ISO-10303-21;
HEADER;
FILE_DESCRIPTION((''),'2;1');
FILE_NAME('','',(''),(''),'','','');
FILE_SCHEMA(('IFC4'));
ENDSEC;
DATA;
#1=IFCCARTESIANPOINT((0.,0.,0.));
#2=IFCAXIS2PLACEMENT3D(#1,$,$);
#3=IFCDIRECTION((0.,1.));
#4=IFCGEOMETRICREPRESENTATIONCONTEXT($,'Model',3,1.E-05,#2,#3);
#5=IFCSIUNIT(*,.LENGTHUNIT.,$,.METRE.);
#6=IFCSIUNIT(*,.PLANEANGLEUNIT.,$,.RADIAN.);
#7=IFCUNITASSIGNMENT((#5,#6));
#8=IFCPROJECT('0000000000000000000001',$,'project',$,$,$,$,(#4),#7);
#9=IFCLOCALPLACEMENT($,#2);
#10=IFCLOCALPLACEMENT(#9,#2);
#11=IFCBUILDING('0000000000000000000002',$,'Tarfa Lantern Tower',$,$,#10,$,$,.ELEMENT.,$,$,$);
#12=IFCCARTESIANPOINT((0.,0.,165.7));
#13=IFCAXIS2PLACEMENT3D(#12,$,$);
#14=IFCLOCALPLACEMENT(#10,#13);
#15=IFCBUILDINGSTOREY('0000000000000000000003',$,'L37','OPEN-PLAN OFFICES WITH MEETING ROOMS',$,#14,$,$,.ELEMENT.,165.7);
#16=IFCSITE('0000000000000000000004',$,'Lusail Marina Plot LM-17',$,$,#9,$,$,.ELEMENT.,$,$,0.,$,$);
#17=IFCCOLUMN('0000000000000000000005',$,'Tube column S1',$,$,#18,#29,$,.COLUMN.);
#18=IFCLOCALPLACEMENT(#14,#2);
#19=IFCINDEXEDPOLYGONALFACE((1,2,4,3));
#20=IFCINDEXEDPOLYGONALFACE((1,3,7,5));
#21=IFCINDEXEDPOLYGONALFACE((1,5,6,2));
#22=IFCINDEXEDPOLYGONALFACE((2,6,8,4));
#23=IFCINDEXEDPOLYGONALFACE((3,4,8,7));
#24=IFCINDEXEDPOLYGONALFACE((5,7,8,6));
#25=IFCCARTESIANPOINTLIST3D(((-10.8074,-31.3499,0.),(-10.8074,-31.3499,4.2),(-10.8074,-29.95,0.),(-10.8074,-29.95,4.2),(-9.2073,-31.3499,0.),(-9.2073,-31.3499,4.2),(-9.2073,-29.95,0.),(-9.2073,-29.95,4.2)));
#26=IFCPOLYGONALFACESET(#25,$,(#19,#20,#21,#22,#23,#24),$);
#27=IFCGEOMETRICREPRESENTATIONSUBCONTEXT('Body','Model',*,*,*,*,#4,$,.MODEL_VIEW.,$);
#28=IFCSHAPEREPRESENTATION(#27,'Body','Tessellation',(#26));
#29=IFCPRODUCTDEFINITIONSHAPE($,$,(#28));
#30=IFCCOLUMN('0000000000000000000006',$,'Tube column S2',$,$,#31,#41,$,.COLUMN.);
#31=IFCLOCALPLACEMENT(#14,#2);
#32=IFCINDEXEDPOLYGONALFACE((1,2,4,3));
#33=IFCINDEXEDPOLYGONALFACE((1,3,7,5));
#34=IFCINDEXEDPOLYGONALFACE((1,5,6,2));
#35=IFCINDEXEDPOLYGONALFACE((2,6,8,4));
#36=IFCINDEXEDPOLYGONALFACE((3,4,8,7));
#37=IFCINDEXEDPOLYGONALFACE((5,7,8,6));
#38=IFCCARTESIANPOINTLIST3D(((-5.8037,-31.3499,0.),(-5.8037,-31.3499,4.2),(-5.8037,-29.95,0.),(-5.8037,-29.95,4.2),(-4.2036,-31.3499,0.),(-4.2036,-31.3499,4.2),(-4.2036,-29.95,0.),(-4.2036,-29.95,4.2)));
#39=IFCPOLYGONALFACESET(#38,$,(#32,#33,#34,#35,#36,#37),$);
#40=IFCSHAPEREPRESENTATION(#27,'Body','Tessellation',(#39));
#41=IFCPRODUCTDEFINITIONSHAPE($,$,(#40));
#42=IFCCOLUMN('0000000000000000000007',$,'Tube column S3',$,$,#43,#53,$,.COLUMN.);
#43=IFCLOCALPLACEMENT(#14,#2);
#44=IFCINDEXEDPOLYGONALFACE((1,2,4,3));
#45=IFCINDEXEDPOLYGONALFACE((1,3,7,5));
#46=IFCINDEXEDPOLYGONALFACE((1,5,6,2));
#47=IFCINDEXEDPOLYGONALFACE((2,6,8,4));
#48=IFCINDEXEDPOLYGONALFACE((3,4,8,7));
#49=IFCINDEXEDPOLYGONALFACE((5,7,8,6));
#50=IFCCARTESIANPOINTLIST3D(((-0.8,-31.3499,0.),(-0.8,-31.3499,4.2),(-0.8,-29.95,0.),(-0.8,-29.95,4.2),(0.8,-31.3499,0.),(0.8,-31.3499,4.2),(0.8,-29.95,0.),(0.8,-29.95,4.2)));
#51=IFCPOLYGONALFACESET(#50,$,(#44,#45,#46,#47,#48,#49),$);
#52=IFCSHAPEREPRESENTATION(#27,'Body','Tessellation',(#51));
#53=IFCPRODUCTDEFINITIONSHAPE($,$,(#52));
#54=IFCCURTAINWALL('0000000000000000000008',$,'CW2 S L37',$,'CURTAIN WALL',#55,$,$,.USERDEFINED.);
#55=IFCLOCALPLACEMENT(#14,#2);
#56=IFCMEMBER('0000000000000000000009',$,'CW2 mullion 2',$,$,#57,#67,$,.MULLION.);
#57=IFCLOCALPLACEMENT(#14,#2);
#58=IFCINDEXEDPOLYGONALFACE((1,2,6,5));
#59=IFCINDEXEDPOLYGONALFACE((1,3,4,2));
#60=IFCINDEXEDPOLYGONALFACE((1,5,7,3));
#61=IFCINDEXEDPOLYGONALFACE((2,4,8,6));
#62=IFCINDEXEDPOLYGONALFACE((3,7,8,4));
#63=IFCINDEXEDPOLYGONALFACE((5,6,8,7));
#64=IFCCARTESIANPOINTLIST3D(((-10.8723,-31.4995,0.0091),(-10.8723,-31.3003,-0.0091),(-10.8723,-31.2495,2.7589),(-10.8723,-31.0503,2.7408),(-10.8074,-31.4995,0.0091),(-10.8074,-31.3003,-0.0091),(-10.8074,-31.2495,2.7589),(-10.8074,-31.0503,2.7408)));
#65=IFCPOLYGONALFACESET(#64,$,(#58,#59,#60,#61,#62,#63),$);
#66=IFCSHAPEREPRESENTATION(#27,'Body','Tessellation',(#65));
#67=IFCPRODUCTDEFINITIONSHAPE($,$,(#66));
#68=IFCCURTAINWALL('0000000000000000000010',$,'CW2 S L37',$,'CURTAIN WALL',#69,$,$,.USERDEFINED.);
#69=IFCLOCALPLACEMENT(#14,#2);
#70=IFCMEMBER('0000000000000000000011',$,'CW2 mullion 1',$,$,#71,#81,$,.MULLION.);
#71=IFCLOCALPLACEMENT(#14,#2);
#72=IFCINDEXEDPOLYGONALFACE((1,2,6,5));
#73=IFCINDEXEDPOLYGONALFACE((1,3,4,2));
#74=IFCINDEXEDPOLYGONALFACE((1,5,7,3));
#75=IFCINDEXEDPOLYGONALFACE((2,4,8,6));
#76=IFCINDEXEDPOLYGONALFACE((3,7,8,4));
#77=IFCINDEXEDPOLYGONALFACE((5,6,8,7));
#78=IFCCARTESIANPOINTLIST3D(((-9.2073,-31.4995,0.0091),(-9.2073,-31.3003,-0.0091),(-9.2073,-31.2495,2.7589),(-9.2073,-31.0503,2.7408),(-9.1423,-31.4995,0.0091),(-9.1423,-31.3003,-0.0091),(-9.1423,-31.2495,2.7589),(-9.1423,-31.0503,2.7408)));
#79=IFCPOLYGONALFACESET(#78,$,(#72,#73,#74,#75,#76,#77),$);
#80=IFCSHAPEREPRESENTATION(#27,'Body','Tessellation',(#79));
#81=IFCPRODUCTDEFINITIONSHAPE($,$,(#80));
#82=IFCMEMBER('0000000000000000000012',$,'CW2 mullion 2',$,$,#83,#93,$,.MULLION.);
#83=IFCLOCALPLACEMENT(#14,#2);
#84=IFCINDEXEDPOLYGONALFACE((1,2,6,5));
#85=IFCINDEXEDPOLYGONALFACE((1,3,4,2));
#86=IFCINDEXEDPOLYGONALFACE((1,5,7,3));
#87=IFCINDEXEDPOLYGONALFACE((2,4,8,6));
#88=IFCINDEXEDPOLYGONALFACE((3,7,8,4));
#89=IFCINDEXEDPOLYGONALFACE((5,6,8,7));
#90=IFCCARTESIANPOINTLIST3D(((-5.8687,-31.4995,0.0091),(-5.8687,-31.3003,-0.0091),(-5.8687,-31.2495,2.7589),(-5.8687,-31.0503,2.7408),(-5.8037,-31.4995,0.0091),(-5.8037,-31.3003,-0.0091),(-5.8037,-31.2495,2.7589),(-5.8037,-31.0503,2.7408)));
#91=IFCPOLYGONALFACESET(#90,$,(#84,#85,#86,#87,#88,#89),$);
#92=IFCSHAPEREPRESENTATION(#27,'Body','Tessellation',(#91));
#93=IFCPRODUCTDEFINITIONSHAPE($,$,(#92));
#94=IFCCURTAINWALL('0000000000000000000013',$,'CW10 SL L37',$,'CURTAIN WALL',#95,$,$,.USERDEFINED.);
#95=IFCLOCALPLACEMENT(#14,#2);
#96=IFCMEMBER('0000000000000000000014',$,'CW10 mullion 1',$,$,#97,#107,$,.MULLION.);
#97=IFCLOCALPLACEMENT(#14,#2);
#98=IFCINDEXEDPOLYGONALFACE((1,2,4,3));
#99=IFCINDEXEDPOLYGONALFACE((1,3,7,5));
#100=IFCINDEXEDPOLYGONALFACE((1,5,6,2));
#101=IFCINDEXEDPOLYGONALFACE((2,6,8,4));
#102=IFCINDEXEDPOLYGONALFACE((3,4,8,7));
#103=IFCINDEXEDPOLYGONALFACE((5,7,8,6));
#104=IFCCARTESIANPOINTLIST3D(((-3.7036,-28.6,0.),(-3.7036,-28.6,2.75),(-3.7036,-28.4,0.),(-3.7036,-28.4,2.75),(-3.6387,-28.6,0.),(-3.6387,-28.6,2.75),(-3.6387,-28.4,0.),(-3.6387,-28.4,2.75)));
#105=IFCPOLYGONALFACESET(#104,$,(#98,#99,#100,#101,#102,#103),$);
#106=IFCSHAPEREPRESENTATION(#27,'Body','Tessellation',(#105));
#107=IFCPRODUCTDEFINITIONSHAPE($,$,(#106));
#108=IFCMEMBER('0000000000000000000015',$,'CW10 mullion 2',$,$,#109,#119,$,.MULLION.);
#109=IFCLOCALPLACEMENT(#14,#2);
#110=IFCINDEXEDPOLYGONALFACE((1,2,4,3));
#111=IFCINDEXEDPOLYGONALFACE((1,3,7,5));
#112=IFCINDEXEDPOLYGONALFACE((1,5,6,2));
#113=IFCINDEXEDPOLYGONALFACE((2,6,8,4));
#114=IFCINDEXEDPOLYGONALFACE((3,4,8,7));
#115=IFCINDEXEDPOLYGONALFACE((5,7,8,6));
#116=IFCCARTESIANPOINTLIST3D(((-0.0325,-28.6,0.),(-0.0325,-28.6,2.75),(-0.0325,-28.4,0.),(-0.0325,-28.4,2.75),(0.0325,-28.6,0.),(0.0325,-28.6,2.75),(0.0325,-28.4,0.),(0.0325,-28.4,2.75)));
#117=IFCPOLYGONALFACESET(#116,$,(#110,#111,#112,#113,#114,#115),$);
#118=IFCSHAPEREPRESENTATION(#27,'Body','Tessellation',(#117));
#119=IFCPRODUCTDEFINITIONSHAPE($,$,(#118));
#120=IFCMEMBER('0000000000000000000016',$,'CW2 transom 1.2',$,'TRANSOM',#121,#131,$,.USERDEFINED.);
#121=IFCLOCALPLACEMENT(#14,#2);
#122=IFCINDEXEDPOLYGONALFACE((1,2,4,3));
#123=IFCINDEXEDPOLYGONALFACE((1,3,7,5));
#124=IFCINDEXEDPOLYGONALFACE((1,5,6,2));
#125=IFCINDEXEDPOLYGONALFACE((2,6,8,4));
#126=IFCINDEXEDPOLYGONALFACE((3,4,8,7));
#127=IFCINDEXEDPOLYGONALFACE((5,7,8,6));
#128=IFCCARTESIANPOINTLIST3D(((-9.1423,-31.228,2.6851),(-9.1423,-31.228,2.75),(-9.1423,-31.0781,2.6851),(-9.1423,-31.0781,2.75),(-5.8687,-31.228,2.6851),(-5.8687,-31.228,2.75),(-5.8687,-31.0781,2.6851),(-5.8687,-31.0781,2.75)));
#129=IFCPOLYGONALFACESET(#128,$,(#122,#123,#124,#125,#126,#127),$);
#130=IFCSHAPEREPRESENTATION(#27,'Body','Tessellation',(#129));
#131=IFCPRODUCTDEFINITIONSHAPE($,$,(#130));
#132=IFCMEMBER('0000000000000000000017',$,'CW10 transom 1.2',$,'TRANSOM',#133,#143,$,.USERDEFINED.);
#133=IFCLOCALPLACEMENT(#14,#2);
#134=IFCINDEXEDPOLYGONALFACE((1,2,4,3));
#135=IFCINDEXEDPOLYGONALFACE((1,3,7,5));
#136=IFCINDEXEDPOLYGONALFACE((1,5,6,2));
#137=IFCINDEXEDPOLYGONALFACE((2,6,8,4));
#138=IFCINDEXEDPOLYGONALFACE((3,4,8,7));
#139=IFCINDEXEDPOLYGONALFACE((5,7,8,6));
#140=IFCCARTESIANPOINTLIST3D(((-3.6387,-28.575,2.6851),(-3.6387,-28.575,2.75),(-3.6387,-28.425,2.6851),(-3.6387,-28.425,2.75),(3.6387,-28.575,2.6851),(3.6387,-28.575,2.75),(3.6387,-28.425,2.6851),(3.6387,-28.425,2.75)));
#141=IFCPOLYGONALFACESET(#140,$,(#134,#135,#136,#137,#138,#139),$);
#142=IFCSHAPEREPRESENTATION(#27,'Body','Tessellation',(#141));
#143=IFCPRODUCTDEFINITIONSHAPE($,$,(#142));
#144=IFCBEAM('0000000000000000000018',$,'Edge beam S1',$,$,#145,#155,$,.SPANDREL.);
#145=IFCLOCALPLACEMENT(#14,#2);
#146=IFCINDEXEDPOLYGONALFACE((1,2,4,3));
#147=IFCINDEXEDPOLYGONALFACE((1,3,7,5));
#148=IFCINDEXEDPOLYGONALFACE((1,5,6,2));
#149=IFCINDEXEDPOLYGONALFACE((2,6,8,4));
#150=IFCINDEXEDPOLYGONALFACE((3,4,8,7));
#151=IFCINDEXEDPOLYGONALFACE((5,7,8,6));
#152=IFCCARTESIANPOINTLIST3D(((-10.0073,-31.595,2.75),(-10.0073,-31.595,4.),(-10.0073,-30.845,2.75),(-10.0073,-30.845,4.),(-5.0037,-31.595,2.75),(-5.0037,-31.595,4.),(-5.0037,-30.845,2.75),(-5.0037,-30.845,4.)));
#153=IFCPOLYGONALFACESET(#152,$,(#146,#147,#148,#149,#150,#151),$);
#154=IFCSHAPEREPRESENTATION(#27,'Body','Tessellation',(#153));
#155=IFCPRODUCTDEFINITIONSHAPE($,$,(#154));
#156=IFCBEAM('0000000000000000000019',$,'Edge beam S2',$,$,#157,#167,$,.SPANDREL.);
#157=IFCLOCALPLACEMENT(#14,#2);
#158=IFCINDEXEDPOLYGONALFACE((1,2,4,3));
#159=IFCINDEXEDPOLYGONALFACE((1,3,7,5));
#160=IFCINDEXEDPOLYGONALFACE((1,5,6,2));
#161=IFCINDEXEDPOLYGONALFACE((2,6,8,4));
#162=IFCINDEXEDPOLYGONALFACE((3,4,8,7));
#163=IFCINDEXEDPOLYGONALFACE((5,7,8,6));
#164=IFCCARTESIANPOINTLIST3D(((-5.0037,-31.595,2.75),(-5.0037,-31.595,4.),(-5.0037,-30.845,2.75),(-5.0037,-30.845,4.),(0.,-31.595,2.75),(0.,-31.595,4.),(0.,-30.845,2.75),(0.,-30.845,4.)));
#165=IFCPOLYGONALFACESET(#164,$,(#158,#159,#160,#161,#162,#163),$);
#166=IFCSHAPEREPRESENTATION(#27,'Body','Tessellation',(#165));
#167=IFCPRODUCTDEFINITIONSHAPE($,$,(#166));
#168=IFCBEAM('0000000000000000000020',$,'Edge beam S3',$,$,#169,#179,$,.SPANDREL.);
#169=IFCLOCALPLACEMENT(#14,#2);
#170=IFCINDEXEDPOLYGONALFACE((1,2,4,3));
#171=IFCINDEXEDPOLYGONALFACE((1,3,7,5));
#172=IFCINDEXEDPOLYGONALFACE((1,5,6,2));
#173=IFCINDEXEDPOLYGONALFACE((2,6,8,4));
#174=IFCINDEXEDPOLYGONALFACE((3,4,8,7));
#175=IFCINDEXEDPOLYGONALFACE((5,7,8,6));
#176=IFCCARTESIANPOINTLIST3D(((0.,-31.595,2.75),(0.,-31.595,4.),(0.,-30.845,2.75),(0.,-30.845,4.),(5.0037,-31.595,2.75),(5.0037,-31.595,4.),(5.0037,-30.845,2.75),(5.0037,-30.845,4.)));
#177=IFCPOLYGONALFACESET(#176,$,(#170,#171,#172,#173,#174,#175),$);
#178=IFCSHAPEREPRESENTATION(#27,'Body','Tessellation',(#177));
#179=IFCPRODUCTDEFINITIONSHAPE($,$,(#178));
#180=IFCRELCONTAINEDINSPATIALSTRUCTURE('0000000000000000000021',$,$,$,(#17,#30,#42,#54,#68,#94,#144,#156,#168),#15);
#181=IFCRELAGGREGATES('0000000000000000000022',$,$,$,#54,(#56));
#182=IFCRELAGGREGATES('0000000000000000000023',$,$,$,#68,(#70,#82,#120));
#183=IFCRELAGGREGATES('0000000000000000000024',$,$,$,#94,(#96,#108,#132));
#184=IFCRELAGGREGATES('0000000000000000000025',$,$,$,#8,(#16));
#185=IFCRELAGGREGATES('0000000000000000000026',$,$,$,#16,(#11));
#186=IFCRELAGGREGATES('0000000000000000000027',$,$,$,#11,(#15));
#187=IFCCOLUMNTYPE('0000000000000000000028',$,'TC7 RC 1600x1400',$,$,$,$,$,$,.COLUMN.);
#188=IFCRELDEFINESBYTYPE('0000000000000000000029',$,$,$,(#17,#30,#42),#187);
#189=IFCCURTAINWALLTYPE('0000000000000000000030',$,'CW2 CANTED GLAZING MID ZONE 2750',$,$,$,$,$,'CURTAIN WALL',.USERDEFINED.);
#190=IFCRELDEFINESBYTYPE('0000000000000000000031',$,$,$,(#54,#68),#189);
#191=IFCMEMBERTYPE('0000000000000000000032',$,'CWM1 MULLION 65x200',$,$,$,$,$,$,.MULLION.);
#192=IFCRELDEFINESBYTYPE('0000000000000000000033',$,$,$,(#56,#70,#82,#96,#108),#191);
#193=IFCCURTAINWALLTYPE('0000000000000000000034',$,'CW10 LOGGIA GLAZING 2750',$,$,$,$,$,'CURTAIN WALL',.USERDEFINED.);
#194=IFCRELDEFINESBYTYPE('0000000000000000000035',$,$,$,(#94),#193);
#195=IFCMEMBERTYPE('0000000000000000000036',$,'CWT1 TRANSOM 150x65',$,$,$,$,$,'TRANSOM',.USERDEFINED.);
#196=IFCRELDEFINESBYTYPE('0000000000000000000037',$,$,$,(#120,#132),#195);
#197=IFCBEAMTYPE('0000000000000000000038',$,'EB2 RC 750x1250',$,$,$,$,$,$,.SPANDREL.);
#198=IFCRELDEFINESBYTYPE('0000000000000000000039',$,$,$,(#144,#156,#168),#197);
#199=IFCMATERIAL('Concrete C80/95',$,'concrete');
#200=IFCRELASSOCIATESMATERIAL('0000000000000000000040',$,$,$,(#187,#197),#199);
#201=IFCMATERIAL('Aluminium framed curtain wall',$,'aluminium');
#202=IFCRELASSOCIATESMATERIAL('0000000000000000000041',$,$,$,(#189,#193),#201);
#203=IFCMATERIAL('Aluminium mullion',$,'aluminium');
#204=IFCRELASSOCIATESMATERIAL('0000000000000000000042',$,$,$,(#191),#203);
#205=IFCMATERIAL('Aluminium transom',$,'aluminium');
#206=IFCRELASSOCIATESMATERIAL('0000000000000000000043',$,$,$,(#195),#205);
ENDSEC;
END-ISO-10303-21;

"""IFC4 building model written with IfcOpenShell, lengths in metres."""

from ifc_helpers import new_model, si_unit, direction, frame, origin, origin_2d, place, context, subcontext, project, spatial, rectangle, extrude, material, material_profile, profile_set, type_object, element, aggregate, save


model = new_model("IFC4")

# Units and contexts
model_context = context("Model", 3, precision=1e-05, world=origin(), true_north=direction((0.0, 1.0)))
body_context = subcontext(model_context, "Body", "Model", "MODEL_VIEW")
ifc_project = project(units=[si_unit("LENGTHUNIT", "METRE"), si_unit("PLANEANGLEUNIT", "RADIAN")], contexts=[model_context])

# Site, building, storey
site_placement = place(None, origin())
site = spatial("IfcSite", under=ifc_project, at=site_placement, Name="Lusail Marina Plot LM-17", CompositionType="ELEMENT", RefElevation=0.0)
building_placement = place(site_placement, origin())
building = spatial("IfcBuilding", under=site, at=building_placement, Name="Tarfa Lantern Tower", CompositionType="ELEMENT")
storey_placement = place(building_placement, frame((0.0, 0.0, 165.7)))
storey = spatial("IfcBuildingStorey", under=building, at=storey_placement, Name="L37", Description="OPEN-PLAN OFFICES WITH MEETING ROOMS", CompositionType="ELEMENT", Elevation=165.7)

# Columns
ifc_material_1 = material(Name="Concrete C80/95", Category="concrete")
ifc_material_profile_1 = material_profile(ifc_material_1, rectangle(XDim=1.6001, YDim=1.3999, at=origin_2d()), Name="RC 1600x1400")
ifc_profile_set_1 = profile_set([ifc_material_profile_1], Name="Concrete C80/95")
column_type = type_object("IfcColumnType", Name="TC7 RC 1600x1400", PredefinedType="COLUMN", material=ifc_profile_set_1)
for number, where, z_axis, x_axis, name in (
    (1, (-10.0073, -30.6499, 0.0), (0.0, 0.0, 1.0), (1.0, 0.0, 0.0), "Tube column S1"),
    (2, (-5.0037, -30.6499, 0.0), (0.0, 0.0, 1.0), (1.0, 0.0, 0.0), "Tube column S2"),
    (3, (0.0, -30.6499, 0.0), (0.0, 0.0, 1.0), (1.0, 0.0, 0.0), "Tube column S3"),
):
    element("IfcColumn", number, at=place(storey_placement, frame(where, z_axis=z_axis, x_axis=x_axis)), inside=storey, type_object=column_type, Name=name, PredefinedType="COLUMN", context=body_context, shape_type="SweptSolid", body=[
        extrude(rectangle(XDim=1.6001, YDim=1.3999, at=origin_2d()), origin(), (0.0, 0.0, 1.0), 4.2),
    ])

# Curtain wall, member
ifc_material_2 = material(Name="Aluminium framed curtain wall", Category="aluminium")
curtain_wall_type_1 = type_object("IfcCurtainWallType", Name="CW2 CANTED GLAZING MID ZONE 2750", ElementType="CURTAIN WALL", PredefinedType="USERDEFINED", material=ifc_material_2)
curtain_wall_1_placement = place(storey_placement, origin())
curtain_wall_1 = element("IfcCurtainWall", 4, at=curtain_wall_1_placement, inside=storey, type_object=curtain_wall_type_1, Name="CW2 S L37", ObjectType="CURTAIN WALL", PredefinedType="USERDEFINED")
ifc_material_3 = material(Name="Aluminium mullion", Category="aluminium")
ifc_material_profile_2 = material_profile(ifc_material_3, rectangle(XDim=0.0649, YDim=0.2, at=origin_2d()), Name="AL MULLION 65x200")
ifc_profile_set_2 = profile_set([ifc_material_profile_2], Name="Aluminium mullion")
member_type_1 = type_object("IfcMemberType", Name="CWM1 MULLION 65x200", PredefinedType="MULLION", material=ifc_profile_set_2)
member_1_placement = place(storey_placement, frame((-10.8398, -31.3999, 0.0), z_axis=(0.0, 0.090536, 0.995893), x_axis=(-1.0, 0.0, 0.0)))
member_1 = element("IfcMember", 5, at=member_1_placement, type_object=member_type_1, Name="CW2 mullion 2", PredefinedType="MULLION", context=body_context, shape_type="SweptSolid", body=[
    extrude(rectangle(XDim=0.0649, YDim=0.2, at=origin_2d()), origin(), (0.0, 0.0, 1.0), 2.7612),
])
aggregate(curtain_wall_1, [member_1])

# Curtain walls, members
curtain_wall_2_placement = place(storey_placement, origin())
curtain_wall_2 = element("IfcCurtainWall", 6, at=curtain_wall_2_placement, inside=storey, type_object=curtain_wall_type_1, Name="CW2 S L37", ObjectType="CURTAIN WALL", PredefinedType="USERDEFINED")
member_2_placement = place(storey_placement, frame((-9.1748, -31.3999, 0.0), z_axis=(0.0, 0.090536, 0.995893), x_axis=(-1.0, 0.0, 0.0)))
member_2 = element("IfcMember", 7, at=member_2_placement, type_object=member_type_1, Name="CW2 mullion 1", PredefinedType="MULLION", context=body_context, shape_type="SweptSolid", body=[
    extrude(rectangle(XDim=0.0649, YDim=0.2, at=origin_2d()), origin(), (0.0, 0.0, 1.0), 2.7612),
])
member_3_placement = place(storey_placement, frame((-5.8362, -31.3999, 0.0), z_axis=(0.0, 0.090536, 0.995893), x_axis=(-1.0, 0.0, 0.0)))
member_3 = element("IfcMember", 8, at=member_3_placement, type_object=member_type_1, Name="CW2 mullion 2", PredefinedType="MULLION", context=body_context, shape_type="SweptSolid", body=[
    extrude(rectangle(XDim=0.0649, YDim=0.2, at=origin_2d()), origin(), (0.0, 0.0, 1.0), 2.7612),
])
curtain_wall_type_2 = type_object("IfcCurtainWallType", Name="CW10 LOGGIA GLAZING 2750", ElementType="CURTAIN WALL", PredefinedType="USERDEFINED", material=ifc_material_2)
curtain_wall_3_placement = place(storey_placement, origin())
curtain_wall_3 = element("IfcCurtainWall", 9, at=curtain_wall_3_placement, inside=storey, type_object=curtain_wall_type_2, Name="CW10 SL L37", ObjectType="CURTAIN WALL", PredefinedType="USERDEFINED")
member_4_placement = place(storey_placement, frame((-3.6711, -28.5, 0.0), z_axis=(0.0, 0.0, 1.0), x_axis=(1.0, 0.0, 0.0)))
member_4 = element("IfcMember", 10, at=member_4_placement, type_object=member_type_1, Name="CW10 mullion 1", PredefinedType="MULLION", context=body_context, shape_type="SweptSolid", body=[
    extrude(rectangle(XDim=0.0649, YDim=0.2, at=origin_2d()), origin(), (0.0, 0.0, 1.0), 2.75),
])
member_5_placement = place(storey_placement, frame((0.0, -28.5, 0.0), z_axis=(0.0, 0.0, 1.0), x_axis=(1.0, 0.0, 0.0)))
member_5 = element("IfcMember", 11, at=member_5_placement, type_object=member_type_1, Name="CW10 mullion 2", PredefinedType="MULLION", context=body_context, shape_type="SweptSolid", body=[
    extrude(rectangle(XDim=0.0649, YDim=0.2, at=origin_2d()), origin(), (0.0, 0.0, 1.0), 2.75),
])

# Members
ifc_material_4 = material(Name="Aluminium transom", Category="aluminium")
ifc_material_profile_3 = material_profile(ifc_material_4, rectangle(XDim=0.1499, YDim=0.0649, at=origin_2d()), Name="AL TRANSOM 150x65")
ifc_profile_set_3 = profile_set([ifc_material_profile_3], Name="Aluminium transom")
member_type_2 = type_object("IfcMemberType", Name="CWT1 TRANSOM 150x65", ElementType="TRANSOM", PredefinedType="USERDEFINED", material=ifc_profile_set_3)
member_6_placement = place(storey_placement, frame((-9.1423, -31.1531, 2.7175), z_axis=(1.0, 0.0, 0.0), x_axis=(0.0, 1.0, 0.0)))
member_6 = element("IfcMember", 12, at=member_6_placement, type_object=member_type_2, Name="CW2 transom 1.2", ObjectType="TRANSOM", PredefinedType="USERDEFINED", context=body_context, shape_type="SweptSolid", body=[
    extrude(rectangle(XDim=0.1499, YDim=0.0649, at=origin_2d()), origin(), (0.0, 0.0, 1.0), 3.2737),
])
member_7_placement = place(storey_placement, frame((-3.6387, -28.5, 2.7175), z_axis=(1.0, 0.0, 0.0), x_axis=(0.0, 1.0, 0.0)))
member_7 = element("IfcMember", 13, at=member_7_placement, type_object=member_type_2, Name="CW10 transom 1.2", ObjectType="TRANSOM", PredefinedType="USERDEFINED", context=body_context, shape_type="SweptSolid", body=[
    extrude(rectangle(XDim=0.1499, YDim=0.0649, at=origin_2d()), origin(), (0.0, 0.0, 1.0), 7.2773),
])

# Beams
ifc_material_profile_4 = material_profile(ifc_material_1, rectangle(XDim=0.75, YDim=1.25, at=origin_2d()), Name="RC 750x1250")
ifc_profile_set_4 = profile_set([ifc_material_profile_4], Name="Concrete C80/95")
beam_type_1 = type_object("IfcBeamType", Name="EB2 RC 750x1250", PredefinedType="SPANDREL", material=ifc_profile_set_4)
for number, where, z_axis, x_axis, name in (
    (14, (-10.0073, -31.22, 3.375), (1.0, 0.0, 0.0), (0.0, 1.0, 0.0), "Edge beam S1"),
    (15, (-5.0037, -31.22, 3.375), (1.0, 0.0, 0.0), (0.0, 1.0, 0.0), "Edge beam S2"),
    (16, (0.0, -31.22, 3.375), (1.0, 0.0, 0.0), (0.0, 1.0, 0.0), "Edge beam S3"),
):
    element("IfcBeam", number, at=place(storey_placement, frame(where, z_axis=z_axis, x_axis=x_axis)), inside=storey, type_object=beam_type_1, Name=name, PredefinedType="SPANDREL", context=body_context, shape_type="SweptSolid", body=[
        extrude(rectangle(XDim=0.75, YDim=1.25, at=origin_2d()), origin(), (0.0, 0.0, 1.0), 5.0037),
    ])

aggregate(curtain_wall_2, [member_2, member_3, member_6])
aggregate(curtain_wall_3, [member_4, member_5, member_7])

save(model, "model.ifc")
